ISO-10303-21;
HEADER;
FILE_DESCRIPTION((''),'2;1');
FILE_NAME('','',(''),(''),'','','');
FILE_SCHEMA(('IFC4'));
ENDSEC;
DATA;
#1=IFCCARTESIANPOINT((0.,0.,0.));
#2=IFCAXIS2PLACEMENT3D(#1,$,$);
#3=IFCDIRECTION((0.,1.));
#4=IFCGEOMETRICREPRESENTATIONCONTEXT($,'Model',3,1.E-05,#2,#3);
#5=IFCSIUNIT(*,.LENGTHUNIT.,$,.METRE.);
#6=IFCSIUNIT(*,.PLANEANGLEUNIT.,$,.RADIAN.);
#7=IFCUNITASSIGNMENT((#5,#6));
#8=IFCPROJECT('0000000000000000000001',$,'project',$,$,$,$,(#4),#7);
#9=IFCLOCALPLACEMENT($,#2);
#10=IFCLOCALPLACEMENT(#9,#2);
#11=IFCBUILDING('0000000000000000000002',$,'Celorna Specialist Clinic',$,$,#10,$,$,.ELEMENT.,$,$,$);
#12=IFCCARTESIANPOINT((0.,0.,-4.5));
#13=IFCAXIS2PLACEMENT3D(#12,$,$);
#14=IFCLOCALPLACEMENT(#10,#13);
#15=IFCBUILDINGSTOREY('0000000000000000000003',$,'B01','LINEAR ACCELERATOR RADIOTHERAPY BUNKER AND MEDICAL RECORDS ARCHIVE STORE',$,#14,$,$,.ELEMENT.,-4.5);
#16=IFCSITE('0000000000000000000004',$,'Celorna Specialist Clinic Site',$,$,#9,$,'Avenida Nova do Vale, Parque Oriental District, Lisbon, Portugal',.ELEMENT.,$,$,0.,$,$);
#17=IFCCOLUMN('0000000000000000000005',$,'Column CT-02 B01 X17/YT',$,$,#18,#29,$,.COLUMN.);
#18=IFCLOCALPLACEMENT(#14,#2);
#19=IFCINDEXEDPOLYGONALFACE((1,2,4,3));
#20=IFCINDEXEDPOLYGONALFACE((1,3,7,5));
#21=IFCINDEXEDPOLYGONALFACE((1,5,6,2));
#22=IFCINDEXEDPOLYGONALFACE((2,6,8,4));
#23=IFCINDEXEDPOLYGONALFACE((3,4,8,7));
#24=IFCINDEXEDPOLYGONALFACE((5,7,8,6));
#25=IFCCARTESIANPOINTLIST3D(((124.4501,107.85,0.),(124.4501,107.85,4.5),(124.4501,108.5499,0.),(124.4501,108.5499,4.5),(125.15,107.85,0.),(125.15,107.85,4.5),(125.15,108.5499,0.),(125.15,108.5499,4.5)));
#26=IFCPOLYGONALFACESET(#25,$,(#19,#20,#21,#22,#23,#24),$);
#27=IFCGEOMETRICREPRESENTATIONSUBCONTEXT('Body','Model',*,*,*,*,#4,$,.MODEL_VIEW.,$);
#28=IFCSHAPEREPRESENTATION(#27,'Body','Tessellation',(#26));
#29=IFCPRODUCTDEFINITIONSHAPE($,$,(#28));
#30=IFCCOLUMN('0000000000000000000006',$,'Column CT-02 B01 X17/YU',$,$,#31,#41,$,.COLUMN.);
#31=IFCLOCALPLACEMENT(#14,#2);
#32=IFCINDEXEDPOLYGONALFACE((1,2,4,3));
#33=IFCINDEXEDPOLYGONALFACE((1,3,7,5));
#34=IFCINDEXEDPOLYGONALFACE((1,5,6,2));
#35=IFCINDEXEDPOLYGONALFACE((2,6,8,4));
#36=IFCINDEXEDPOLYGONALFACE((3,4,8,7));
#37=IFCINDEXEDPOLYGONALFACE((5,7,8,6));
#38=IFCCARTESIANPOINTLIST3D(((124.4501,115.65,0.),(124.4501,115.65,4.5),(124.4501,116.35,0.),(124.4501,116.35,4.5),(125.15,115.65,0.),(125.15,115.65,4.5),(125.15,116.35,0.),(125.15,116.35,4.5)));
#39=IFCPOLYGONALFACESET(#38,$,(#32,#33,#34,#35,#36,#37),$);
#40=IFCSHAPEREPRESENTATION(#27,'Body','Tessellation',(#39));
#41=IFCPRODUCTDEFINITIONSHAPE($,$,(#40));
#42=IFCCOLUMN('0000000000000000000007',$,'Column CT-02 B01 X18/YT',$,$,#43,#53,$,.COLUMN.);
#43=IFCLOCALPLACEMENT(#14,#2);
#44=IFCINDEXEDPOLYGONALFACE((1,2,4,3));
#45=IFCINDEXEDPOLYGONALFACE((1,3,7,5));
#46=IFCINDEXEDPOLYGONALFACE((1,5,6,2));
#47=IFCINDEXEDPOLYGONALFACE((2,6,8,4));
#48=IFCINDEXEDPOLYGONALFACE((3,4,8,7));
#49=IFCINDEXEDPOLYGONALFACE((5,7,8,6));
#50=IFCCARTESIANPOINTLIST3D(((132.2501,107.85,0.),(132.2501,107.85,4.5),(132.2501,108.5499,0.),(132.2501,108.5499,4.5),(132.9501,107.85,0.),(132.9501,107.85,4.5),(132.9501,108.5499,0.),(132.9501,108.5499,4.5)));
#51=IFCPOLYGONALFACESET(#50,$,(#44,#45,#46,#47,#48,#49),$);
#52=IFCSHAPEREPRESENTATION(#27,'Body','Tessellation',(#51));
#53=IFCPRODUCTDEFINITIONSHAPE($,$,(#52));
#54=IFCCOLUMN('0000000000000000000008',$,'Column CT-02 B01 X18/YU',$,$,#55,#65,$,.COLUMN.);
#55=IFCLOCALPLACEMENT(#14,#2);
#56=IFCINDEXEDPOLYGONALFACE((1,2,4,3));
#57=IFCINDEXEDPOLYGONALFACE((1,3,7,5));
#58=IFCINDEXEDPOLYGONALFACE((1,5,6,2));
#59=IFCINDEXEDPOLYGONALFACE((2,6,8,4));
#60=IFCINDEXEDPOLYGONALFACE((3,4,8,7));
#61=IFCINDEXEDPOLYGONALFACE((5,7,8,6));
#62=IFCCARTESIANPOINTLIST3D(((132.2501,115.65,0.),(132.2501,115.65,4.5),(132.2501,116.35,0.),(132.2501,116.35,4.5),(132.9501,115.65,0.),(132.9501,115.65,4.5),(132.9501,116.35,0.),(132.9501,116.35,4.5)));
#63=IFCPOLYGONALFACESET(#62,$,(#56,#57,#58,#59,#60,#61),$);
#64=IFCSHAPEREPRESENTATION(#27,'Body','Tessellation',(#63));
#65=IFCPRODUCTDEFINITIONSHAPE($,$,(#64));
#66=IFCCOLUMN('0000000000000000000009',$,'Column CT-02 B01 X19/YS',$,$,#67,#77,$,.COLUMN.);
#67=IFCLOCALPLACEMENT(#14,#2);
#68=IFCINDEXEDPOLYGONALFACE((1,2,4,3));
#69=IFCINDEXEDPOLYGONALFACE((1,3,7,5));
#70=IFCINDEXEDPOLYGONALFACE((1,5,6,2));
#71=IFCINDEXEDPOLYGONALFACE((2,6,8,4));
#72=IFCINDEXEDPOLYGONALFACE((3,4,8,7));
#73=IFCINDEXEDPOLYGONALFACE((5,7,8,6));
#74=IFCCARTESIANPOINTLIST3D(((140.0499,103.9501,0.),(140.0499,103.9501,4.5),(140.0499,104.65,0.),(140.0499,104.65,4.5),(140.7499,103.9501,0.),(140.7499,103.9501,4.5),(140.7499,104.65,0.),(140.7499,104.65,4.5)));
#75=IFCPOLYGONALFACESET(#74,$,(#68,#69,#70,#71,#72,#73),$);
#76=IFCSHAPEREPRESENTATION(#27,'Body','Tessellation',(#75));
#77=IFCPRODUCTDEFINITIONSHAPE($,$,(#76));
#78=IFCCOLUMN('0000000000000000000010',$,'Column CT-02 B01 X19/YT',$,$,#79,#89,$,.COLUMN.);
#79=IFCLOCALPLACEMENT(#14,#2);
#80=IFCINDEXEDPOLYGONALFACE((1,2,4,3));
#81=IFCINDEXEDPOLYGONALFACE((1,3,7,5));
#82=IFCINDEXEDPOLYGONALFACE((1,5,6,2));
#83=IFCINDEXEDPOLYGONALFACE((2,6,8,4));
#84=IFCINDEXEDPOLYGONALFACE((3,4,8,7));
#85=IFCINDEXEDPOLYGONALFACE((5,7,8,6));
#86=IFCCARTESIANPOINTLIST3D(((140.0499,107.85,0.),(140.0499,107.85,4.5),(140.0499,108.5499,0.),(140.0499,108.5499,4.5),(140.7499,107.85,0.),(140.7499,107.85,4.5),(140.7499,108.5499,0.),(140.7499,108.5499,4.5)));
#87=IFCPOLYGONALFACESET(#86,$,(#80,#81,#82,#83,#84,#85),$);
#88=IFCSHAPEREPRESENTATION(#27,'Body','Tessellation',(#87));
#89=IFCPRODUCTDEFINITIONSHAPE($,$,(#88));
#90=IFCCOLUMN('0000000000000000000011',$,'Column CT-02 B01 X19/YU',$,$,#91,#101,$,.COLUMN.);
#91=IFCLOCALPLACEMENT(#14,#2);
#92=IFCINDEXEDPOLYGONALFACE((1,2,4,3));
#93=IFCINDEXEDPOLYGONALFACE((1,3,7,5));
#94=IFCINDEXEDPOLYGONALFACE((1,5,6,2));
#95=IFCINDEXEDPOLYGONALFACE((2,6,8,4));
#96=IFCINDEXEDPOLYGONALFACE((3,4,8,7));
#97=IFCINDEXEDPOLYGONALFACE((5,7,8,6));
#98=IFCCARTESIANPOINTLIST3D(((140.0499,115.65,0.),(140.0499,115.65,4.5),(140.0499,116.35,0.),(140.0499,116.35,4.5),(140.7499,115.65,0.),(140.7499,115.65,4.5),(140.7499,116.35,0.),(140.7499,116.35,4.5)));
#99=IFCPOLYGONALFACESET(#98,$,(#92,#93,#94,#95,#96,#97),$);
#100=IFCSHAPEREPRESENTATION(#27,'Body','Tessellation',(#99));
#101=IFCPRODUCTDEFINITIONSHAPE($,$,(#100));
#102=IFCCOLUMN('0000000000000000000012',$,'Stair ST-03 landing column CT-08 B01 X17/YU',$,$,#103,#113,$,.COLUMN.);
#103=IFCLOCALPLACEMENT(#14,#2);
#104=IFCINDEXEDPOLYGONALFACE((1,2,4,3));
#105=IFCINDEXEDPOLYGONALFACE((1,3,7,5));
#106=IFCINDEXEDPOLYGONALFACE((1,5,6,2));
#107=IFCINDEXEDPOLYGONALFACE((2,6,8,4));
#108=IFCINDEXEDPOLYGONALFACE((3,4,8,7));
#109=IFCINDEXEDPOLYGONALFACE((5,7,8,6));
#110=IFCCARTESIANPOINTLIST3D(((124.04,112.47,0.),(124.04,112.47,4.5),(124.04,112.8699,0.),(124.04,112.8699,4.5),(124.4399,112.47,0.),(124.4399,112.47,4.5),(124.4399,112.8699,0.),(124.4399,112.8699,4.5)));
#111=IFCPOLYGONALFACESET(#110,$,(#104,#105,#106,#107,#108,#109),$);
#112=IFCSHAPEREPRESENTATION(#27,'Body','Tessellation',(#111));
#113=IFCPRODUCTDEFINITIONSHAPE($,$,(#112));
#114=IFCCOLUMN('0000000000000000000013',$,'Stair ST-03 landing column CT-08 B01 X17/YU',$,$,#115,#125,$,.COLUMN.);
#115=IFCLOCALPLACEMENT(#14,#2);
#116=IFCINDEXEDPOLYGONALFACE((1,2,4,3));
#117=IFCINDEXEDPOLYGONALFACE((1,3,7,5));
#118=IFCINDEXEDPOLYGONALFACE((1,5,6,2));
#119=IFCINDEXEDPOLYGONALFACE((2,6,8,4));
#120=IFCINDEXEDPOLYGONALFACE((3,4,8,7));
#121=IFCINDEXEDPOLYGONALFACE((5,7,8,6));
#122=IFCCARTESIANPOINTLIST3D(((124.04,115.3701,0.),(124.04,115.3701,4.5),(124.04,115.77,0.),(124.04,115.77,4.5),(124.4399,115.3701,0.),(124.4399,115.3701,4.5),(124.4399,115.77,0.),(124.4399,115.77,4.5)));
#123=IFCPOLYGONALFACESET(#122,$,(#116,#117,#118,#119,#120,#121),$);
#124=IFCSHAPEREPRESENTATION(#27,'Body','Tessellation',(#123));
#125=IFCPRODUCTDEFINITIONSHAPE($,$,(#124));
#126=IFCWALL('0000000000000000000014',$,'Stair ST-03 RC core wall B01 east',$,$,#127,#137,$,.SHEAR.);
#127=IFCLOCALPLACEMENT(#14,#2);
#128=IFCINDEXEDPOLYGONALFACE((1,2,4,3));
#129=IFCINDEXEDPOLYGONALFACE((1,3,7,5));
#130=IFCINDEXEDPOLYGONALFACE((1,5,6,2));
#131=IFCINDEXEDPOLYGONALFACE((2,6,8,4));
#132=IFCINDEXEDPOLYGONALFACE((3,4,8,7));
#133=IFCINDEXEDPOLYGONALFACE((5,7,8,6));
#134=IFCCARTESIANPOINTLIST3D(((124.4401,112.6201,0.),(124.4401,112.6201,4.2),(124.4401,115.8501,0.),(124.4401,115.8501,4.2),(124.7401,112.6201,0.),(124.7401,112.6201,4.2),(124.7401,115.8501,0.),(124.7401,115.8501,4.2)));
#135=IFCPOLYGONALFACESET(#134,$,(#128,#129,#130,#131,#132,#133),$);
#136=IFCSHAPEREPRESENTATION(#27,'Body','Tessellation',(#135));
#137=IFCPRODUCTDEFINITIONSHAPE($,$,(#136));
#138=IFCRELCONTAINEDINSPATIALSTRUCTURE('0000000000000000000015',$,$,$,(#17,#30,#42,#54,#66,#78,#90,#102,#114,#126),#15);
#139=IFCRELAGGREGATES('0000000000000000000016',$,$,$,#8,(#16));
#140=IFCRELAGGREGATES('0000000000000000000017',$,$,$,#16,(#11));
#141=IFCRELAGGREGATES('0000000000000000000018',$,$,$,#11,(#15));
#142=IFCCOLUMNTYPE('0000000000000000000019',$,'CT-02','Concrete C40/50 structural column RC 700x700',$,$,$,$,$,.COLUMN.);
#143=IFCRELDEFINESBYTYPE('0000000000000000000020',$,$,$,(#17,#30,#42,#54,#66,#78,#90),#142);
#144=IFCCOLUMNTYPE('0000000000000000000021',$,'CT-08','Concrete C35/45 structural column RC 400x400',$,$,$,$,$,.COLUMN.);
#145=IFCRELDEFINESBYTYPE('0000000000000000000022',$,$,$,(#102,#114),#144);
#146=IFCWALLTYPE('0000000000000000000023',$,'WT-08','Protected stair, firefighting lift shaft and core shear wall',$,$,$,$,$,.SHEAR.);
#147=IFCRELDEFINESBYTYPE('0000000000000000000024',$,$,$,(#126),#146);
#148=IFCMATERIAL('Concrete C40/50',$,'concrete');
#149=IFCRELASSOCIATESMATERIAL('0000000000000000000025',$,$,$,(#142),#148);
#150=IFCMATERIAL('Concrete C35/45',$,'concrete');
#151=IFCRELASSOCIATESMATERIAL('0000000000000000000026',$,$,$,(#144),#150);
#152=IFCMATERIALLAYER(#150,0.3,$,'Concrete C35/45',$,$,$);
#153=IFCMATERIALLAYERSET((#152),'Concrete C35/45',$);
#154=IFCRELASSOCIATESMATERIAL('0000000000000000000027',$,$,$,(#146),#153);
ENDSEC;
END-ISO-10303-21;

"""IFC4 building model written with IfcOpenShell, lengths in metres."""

from ifc_helpers import new_model, si_unit, direction, frame, frame_2d, origin, origin_2d, place, context, subcontext, project, spatial, rectangle, extrude, material, layer, layer_set, material_profile, profile_set, type_object, element, save


model = new_model("IFC4")

# Units and contexts
model_context = context("Model", 3, precision=1e-05, world=origin(), true_north=direction((0.0, 1.0)))
body_context = subcontext(model_context, "Body", "Model", "MODEL_VIEW")
ifc_project = project(units=[si_unit("LENGTHUNIT", "METRE"), si_unit("PLANEANGLEUNIT", "RADIAN")], contexts=[model_context])

# Site, building, storey
site_placement = place(None, origin())
site = spatial("IfcSite", under=ifc_project, at=site_placement, Name="Celorna Specialist Clinic Site", LongName="Avenida Nova do Vale, Parque Oriental District, Lisbon, Portugal", CompositionType="ELEMENT", RefElevation=0.0)
building_placement = place(site_placement, origin())
building = spatial("IfcBuilding", under=site, at=building_placement, Name="Celorna Specialist Clinic", CompositionType="ELEMENT")
storey_placement = place(building_placement, frame((0.0, 0.0, -4.5)))
storey = spatial("IfcBuildingStorey", under=building, at=storey_placement, Name="B01", Description="LINEAR ACCELERATOR RADIOTHERAPY BUNKER AND MEDICAL RECORDS ARCHIVE STORE", CompositionType="ELEMENT", Elevation=-4.5)

# Shared definitions
ifc_material_1 = material(Name="Concrete C35/45", Category="concrete")

# Columns
ifc_material_2 = material(Name="Concrete C40/50", Category="concrete")
ifc_material_profile_1 = material_profile(ifc_material_2, rectangle(XDim=0.7, YDim=0.7, at=origin_2d()), Name="RC 700x700")
ifc_profile_set_1 = profile_set([ifc_material_profile_1], Name="Concrete C40/50")
column_type_1 = type_object("IfcColumnType", Name="CT-02", Description="Concrete C40/50 structural column RC 700x700", PredefinedType="COLUMN", material=ifc_profile_set_1)
for number, where, z_axis, x_axis, name in (
    (1, (124.8, 108.2, 0.0), (0.0, 0.0, 1.0), (1.0, 0.0, 0.0), "Column CT-02 B01 X17/YT"),
    (2, (124.8, 116.0, 0.0), (0.0, 0.0, 1.0), (1.0, 0.0, 0.0), "Column CT-02 B01 X17/YU"),
    (3, (132.6001, 108.2, 0.0), (0.0, 0.0, 1.0), (1.0, 0.0, 0.0), "Column CT-02 B01 X18/YT"),
    (4, (132.6001, 116.0, 0.0), (0.0, 0.0, 1.0), (1.0, 0.0, 0.0), "Column CT-02 B01 X18/YU"),
    (5, (140.3999, 104.3, 0.0), (0.0, 0.0, 1.0), (1.0, 0.0, 0.0), "Column CT-02 B01 X19/YS"),
    (6, (140.3999, 108.2, 0.0), (0.0, 0.0, 1.0), (1.0, 0.0, 0.0), "Column CT-02 B01 X19/YT"),
    (7, (140.3999, 116.0, 0.0), (0.0, 0.0, 1.0), (1.0, 0.0, 0.0), "Column CT-02 B01 X19/YU"),
):
    element("IfcColumn", number, at=place(storey_placement, frame(where, z_axis=z_axis, x_axis=x_axis)), inside=storey, type_object=column_type_1, Name=name, PredefinedType="COLUMN", context=body_context, shape_type="SweptSolid", body=[
        extrude(rectangle(XDim=0.7, YDim=0.7, at=origin_2d()), origin(), (0.0, 0.0, 1.0), 4.5),
    ])
ifc_material_profile_2 = material_profile(ifc_material_1, rectangle(XDim=0.3999, YDim=0.3999, at=origin_2d()), Name="RC 400x400")
ifc_profile_set_2 = profile_set([ifc_material_profile_2], Name="Concrete C35/45")
column_type_2 = type_object("IfcColumnType", Name="CT-08", Description="Concrete C35/45 structural column RC 400x400", PredefinedType="COLUMN", material=ifc_profile_set_2)
for number, where, z_axis, x_axis, name in (
    (8, (124.24, 112.6699, 0.0), (0.0, 0.0, 1.0), (1.0, 0.0, 0.0), "Stair ST-03 landing column CT-08 B01 X17/YU"),
    (9, (124.24, 115.5701, 0.0), (0.0, 0.0, 1.0), (1.0, 0.0, 0.0), "Stair ST-03 landing column CT-08 B01 X17/YU"),
):
    element("IfcColumn", number, at=place(storey_placement, frame(where, z_axis=z_axis, x_axis=x_axis)), inside=storey, type_object=column_type_2, Name=name, PredefinedType="COLUMN", context=body_context, shape_type="SweptSolid", body=[
        extrude(rectangle(XDim=0.3999, YDim=0.3999, at=origin_2d()), origin(), (0.0, 0.0, 1.0), 4.5),
    ])

# Wall
ifc_layer = layer(ifc_material_1, 0.3, Name="Concrete C35/45")
ifc_layer_set = layer_set([ifc_layer], Name="Concrete C35/45")
wall_type = type_object("IfcWallType", Name="WT-08", Description="Protected stair, firefighting lift shaft and core shear wall", PredefinedType="SHEAR", material=ifc_layer_set)
wall_placement = place(storey_placement, frame((124.5901, 112.6201, 0.0), z_axis=(0.0, 0.0, 1.0), x_axis=(0.0, 1.0, 0.0)))
element("IfcWall", 10, at=wall_placement, inside=storey, type_object=wall_type, Name="Stair ST-03 RC core wall B01 east", PredefinedType="SHEAR", context=body_context, shape_type="SweptSolid", body=[
    extrude(rectangle(XDim=3.23, YDim=0.3, at=frame_2d((1.615, 0.0))), origin(), (0.0, 0.0, 1.0), 4.2),
])

save(model, "model.ifc")
